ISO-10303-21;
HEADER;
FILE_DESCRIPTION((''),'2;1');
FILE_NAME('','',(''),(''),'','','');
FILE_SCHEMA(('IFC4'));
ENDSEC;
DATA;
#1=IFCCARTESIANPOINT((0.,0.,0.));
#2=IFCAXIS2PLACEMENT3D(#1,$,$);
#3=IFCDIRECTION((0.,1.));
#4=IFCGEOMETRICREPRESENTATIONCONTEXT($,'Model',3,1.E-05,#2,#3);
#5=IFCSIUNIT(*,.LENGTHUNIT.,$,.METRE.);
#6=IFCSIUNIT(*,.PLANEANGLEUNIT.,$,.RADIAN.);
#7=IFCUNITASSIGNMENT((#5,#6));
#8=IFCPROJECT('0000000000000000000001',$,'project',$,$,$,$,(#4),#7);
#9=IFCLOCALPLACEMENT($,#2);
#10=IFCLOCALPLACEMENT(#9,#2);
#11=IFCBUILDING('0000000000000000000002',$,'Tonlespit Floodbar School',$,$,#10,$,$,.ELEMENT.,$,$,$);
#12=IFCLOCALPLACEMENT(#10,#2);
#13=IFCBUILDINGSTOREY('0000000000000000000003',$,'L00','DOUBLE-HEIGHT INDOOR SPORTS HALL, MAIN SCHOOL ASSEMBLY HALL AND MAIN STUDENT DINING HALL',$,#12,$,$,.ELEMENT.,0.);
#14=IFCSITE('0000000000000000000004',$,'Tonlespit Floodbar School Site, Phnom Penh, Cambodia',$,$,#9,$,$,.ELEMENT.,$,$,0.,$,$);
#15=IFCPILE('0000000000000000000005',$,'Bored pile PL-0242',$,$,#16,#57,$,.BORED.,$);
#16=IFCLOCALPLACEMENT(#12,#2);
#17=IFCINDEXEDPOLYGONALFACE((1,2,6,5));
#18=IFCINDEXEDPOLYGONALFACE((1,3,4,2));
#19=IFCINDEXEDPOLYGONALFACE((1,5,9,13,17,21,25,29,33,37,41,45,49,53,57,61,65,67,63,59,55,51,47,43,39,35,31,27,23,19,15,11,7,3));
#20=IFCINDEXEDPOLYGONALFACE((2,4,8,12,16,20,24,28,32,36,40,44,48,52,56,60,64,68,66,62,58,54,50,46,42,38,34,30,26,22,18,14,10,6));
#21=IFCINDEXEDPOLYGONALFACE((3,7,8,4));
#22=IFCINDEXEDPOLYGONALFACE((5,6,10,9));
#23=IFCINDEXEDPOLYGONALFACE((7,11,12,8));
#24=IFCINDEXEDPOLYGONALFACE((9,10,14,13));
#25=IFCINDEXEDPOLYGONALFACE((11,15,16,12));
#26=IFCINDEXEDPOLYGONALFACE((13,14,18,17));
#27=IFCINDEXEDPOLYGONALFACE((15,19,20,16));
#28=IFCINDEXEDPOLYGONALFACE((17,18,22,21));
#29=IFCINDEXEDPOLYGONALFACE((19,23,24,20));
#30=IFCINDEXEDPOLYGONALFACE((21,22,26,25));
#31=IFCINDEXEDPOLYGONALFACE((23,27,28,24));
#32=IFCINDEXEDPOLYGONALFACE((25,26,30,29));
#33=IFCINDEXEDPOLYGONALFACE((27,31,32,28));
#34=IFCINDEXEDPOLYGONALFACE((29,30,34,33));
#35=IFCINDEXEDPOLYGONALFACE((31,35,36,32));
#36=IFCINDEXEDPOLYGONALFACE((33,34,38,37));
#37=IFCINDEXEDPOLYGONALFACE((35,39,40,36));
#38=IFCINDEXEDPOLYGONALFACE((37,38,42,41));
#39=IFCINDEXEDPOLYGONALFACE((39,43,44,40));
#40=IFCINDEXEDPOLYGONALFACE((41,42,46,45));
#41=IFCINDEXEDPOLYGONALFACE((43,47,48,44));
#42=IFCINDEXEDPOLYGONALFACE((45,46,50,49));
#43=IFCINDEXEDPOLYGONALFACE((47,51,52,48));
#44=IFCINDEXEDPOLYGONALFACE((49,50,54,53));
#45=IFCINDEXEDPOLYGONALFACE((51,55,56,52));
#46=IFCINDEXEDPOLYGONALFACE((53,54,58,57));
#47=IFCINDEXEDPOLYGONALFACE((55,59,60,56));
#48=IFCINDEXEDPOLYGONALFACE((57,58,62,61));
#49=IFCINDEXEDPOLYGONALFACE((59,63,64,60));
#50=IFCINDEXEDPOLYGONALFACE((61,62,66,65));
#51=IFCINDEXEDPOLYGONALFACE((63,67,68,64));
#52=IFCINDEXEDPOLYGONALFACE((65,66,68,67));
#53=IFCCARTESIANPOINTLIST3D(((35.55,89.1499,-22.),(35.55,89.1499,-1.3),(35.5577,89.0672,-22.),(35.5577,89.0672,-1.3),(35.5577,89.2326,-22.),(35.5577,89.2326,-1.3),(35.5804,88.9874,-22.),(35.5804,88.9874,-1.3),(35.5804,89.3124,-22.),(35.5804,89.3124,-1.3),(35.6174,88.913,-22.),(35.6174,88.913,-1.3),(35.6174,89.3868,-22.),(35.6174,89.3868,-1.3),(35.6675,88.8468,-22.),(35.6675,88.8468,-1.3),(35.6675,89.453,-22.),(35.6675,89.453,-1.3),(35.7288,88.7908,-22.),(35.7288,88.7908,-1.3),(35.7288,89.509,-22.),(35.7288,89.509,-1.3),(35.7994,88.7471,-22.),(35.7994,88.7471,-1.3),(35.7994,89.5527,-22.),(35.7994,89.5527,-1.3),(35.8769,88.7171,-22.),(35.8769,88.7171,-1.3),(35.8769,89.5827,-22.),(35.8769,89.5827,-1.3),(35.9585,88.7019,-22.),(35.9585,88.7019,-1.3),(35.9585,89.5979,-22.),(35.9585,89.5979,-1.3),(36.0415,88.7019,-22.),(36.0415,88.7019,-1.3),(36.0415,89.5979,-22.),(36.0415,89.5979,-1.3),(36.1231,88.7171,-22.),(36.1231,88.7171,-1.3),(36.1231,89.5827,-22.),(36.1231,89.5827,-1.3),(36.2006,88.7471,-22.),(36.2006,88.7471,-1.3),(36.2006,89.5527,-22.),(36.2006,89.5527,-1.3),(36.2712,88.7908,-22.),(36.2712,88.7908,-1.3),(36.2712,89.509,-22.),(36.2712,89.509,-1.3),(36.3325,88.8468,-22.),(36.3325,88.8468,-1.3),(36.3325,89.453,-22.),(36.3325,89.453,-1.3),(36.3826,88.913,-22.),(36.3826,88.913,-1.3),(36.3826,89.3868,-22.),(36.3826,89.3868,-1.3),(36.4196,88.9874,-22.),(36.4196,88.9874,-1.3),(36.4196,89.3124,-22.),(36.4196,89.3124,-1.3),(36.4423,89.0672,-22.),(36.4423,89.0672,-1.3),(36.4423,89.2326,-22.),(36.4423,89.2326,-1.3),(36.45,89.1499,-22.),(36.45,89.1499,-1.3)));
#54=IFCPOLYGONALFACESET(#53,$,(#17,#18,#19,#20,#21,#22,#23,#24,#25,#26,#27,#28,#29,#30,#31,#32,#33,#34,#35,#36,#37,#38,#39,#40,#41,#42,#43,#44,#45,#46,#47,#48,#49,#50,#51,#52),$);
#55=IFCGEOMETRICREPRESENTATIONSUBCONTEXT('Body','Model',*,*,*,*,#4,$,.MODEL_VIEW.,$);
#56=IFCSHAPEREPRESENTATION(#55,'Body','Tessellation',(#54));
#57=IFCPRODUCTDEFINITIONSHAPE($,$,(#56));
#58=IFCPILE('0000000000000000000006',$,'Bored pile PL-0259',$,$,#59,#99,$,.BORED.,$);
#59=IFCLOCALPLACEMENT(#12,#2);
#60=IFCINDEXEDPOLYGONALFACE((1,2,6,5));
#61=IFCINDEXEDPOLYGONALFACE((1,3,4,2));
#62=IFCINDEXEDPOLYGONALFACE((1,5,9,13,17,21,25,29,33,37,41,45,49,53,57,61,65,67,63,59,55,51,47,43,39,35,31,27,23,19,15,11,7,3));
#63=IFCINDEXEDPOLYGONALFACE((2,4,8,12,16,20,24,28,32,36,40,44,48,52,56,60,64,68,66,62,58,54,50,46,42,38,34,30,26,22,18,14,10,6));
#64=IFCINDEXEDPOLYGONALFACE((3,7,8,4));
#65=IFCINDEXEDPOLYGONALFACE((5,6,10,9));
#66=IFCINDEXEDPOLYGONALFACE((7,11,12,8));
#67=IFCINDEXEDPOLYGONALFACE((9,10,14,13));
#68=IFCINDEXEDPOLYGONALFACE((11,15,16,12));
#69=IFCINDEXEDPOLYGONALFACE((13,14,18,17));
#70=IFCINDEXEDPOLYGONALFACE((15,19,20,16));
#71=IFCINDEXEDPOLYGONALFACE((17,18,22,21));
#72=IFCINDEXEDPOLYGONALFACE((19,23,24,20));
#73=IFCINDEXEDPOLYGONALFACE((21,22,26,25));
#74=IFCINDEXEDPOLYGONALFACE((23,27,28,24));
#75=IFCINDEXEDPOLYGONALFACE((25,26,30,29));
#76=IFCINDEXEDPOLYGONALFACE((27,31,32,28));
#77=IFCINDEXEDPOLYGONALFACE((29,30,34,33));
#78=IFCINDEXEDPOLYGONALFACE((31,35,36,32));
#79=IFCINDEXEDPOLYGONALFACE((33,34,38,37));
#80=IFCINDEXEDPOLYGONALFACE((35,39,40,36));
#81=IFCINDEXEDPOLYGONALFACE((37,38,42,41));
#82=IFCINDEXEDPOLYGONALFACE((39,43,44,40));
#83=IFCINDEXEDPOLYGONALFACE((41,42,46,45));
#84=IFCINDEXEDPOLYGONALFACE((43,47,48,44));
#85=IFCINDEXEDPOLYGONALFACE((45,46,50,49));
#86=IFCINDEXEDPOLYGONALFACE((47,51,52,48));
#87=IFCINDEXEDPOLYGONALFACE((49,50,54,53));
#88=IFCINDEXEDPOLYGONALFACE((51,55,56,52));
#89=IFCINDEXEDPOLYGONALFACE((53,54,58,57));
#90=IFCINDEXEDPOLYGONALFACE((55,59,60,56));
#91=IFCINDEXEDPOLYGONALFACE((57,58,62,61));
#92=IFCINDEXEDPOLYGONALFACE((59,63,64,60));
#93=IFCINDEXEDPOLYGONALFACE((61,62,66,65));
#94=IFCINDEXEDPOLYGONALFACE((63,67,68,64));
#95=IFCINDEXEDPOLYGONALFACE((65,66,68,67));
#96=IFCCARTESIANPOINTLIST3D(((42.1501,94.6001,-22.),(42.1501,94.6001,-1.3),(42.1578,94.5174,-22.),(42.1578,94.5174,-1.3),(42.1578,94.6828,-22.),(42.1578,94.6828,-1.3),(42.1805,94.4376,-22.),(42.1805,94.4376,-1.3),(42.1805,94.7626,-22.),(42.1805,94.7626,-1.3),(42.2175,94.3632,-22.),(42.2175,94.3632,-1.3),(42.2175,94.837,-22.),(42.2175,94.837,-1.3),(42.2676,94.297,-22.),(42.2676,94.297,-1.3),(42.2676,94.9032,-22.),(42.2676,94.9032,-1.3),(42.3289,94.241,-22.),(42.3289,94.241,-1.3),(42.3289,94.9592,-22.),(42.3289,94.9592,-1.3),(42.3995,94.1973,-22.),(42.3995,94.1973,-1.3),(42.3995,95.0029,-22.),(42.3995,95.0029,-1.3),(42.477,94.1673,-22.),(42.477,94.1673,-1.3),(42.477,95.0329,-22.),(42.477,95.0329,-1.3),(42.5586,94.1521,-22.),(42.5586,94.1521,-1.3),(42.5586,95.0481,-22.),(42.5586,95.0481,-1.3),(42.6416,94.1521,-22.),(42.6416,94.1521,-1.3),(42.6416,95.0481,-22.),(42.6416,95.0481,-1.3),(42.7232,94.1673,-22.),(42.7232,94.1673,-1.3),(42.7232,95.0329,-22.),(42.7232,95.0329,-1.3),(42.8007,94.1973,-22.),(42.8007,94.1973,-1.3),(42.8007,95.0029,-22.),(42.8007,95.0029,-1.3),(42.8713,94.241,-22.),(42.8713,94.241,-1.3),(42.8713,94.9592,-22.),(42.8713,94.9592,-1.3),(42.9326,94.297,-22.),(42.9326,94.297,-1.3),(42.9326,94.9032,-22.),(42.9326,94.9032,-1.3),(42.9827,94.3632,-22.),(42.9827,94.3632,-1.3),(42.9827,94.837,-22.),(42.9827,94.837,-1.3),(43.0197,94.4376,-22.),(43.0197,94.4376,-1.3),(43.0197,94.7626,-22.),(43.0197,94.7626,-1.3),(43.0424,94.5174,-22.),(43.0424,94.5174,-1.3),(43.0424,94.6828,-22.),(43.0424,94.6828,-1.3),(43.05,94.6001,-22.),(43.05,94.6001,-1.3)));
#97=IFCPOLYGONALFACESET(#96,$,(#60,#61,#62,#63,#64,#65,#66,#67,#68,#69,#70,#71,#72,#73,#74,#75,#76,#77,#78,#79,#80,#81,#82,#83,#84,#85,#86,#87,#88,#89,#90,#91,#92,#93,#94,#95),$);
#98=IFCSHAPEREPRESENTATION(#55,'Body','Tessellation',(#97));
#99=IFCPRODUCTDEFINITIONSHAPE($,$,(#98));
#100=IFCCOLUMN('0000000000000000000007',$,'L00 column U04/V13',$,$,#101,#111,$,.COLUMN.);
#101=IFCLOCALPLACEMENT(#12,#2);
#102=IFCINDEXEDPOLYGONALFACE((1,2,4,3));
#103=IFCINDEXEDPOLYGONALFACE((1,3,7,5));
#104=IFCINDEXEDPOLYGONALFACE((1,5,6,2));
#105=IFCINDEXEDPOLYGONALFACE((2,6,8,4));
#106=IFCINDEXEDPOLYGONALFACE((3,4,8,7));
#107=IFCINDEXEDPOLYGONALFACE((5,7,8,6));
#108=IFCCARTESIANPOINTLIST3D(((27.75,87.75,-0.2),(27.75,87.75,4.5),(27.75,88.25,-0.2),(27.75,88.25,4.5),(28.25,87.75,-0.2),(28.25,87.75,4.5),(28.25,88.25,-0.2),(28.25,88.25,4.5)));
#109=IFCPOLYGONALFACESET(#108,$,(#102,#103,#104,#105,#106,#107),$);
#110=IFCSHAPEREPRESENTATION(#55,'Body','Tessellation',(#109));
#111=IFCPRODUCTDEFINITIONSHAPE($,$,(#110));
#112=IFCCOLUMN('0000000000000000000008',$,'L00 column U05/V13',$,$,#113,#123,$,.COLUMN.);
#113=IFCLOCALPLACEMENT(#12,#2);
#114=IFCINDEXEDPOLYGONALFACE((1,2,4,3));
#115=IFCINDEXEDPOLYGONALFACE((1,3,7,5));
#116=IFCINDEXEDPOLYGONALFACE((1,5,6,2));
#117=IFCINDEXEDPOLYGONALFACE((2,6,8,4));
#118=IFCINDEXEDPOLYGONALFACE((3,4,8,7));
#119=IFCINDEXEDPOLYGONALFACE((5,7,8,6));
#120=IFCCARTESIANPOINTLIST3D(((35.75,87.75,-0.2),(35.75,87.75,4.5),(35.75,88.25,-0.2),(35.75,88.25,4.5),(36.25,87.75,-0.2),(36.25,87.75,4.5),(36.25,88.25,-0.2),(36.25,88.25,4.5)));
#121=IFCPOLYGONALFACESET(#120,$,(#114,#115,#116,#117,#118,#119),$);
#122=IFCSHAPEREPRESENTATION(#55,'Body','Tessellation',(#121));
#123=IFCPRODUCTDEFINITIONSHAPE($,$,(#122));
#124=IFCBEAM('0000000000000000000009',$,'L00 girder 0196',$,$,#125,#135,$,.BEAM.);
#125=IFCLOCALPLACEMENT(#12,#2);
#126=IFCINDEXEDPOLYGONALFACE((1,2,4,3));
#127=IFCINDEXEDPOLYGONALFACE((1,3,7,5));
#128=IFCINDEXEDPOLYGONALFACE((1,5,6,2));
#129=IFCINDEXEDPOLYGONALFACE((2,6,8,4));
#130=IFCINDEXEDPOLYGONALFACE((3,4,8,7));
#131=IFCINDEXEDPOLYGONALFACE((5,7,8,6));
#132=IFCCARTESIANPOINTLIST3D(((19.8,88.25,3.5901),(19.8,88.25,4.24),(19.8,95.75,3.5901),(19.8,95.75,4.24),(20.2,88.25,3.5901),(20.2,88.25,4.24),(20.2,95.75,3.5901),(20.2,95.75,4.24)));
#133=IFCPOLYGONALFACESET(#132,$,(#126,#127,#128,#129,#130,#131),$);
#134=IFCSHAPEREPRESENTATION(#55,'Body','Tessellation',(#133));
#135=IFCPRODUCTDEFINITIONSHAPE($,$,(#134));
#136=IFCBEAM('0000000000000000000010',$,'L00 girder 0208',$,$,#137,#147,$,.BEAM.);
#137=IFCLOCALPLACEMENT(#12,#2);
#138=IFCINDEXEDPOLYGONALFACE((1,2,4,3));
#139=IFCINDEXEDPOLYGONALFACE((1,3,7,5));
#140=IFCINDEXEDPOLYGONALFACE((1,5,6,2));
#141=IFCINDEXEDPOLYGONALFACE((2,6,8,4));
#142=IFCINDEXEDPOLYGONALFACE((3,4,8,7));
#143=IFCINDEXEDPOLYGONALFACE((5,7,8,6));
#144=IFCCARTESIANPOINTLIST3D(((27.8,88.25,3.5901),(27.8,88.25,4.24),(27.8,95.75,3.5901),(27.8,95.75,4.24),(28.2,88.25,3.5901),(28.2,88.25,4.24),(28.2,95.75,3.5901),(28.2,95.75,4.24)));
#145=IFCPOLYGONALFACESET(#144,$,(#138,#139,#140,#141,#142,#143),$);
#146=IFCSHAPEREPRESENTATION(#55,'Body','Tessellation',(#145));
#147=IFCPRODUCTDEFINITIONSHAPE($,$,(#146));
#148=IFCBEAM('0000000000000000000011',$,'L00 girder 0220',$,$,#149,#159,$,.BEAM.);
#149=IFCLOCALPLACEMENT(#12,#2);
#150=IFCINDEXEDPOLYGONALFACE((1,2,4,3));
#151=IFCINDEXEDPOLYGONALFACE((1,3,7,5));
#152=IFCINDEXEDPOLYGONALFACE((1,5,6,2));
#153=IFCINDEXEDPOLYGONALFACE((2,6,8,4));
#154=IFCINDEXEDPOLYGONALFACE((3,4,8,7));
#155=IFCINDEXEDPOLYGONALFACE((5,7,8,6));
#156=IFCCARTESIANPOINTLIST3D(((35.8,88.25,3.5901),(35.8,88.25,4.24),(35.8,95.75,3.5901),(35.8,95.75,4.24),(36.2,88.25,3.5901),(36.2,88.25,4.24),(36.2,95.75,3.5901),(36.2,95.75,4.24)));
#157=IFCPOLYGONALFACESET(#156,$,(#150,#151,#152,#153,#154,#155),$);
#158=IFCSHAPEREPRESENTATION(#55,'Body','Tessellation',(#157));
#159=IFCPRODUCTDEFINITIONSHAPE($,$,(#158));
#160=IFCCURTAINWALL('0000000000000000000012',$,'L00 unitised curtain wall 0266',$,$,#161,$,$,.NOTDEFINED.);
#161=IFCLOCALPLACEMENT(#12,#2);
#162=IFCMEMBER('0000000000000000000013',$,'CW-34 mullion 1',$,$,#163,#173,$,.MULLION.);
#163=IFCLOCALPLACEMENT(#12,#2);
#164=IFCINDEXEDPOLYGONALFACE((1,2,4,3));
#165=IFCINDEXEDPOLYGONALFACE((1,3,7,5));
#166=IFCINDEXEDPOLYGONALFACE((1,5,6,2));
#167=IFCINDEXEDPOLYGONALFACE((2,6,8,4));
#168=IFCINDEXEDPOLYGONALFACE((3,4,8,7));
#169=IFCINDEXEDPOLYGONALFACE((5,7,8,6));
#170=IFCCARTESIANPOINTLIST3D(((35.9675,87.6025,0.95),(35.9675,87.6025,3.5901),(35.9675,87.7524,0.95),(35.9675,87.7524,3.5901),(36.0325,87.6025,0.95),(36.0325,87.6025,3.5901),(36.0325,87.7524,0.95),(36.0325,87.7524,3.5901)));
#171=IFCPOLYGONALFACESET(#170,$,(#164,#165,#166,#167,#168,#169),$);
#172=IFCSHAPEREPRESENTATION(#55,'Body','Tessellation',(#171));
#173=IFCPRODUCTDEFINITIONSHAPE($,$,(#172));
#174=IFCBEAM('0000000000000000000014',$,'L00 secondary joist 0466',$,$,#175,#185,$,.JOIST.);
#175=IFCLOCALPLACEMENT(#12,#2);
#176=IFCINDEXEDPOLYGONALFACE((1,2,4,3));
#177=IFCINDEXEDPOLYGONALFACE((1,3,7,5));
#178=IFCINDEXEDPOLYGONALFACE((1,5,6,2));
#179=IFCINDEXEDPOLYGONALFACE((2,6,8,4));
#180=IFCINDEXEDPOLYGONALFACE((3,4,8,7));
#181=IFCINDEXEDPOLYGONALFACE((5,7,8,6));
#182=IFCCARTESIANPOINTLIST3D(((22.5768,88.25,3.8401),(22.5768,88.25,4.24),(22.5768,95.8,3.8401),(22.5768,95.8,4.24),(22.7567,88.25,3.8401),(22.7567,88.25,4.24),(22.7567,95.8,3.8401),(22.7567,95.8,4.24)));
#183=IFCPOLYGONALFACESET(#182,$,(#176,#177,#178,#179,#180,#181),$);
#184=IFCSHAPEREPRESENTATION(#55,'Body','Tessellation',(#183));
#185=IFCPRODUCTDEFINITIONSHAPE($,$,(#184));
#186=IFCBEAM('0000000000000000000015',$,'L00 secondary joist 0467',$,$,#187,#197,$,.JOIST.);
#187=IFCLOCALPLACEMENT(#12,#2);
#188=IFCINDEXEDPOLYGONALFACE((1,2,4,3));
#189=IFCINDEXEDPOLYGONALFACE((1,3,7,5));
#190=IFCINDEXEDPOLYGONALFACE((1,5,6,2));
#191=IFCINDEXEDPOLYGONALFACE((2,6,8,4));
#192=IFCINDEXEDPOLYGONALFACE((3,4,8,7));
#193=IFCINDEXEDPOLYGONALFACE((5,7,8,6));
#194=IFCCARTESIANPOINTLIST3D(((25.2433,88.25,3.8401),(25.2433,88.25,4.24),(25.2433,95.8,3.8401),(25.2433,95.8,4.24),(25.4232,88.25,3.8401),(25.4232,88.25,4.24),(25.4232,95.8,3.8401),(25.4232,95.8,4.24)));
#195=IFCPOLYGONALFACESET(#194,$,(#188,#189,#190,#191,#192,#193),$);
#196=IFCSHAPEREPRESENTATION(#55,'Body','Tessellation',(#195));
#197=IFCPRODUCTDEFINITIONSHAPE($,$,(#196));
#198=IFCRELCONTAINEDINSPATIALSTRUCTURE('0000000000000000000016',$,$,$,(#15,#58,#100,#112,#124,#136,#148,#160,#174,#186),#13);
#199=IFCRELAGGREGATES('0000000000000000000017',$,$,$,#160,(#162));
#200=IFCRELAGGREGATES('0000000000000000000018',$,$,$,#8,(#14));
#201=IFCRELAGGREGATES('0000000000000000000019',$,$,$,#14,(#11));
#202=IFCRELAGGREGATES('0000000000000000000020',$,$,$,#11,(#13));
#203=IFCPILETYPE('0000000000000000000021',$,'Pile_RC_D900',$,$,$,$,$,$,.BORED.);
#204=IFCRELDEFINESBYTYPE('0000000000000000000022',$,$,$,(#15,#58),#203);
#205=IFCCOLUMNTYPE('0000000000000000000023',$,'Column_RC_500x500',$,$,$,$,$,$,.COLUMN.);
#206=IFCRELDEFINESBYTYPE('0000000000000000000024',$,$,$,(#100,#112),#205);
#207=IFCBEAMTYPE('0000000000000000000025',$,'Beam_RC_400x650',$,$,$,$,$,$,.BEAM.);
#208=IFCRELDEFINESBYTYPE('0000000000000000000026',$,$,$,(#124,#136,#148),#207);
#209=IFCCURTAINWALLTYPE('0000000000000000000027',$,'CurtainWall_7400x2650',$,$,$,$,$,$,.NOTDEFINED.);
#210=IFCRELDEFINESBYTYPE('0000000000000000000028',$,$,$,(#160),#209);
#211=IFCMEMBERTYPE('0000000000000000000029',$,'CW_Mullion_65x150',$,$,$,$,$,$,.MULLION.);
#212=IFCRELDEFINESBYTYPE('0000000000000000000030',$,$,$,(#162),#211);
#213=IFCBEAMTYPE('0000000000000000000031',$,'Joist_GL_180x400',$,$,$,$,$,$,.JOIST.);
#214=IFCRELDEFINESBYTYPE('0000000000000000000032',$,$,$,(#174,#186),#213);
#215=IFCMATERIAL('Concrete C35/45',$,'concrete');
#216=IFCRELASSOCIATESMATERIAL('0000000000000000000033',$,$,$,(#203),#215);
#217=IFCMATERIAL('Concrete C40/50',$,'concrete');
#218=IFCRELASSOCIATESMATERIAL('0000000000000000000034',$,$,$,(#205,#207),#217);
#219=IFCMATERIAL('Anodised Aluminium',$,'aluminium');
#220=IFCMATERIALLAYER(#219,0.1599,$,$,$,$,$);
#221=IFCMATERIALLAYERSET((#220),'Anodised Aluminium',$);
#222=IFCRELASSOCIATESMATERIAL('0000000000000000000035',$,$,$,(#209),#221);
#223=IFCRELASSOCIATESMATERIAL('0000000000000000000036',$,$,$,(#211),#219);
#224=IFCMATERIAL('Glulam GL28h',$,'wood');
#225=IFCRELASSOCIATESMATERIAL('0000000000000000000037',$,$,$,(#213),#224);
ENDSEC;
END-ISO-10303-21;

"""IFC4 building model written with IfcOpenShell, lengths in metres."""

from ifc_helpers import new_model, si_unit, direction, frame, origin, origin_2d, place, context, subcontext, project, spatial, rectangle, circle, extrude, material, layer, layer_set, material_profile, profile_set, type_object, element, aggregate, save


model = new_model("IFC4")

# Units and contexts
model_context = context("Model", 3, precision=1e-05, world=origin(), true_north=direction((0.0, 1.0)))
body_context = subcontext(model_context, "Body", "Model", "MODEL_VIEW")
ifc_project = project(units=[si_unit("LENGTHUNIT", "METRE"), si_unit("PLANEANGLEUNIT", "RADIAN")], contexts=[model_context])

# Site, building, storey
site_placement = place(None, origin())
site = spatial("IfcSite", under=ifc_project, at=site_placement, Name="Tonlespit Floodbar School Site, Phnom Penh, Cambodia", CompositionType="ELEMENT", RefElevation=0.0)
building_placement = place(site_placement, origin())
building = spatial("IfcBuilding", under=site, at=building_placement, Name="Tonlespit Floodbar School", CompositionType="ELEMENT")
storey_placement = place(building_placement, origin())
storey = spatial("IfcBuildingStorey", under=building, at=storey_placement, Name="L00", Description="DOUBLE-HEIGHT INDOOR SPORTS HALL, MAIN SCHOOL ASSEMBLY HALL AND MAIN STUDENT DINING HALL", CompositionType="ELEMENT", Elevation=0.0)

# Shared definitions
ifc_material_1 = material(Name="Concrete C40/50", Category="concrete")

# Piles
ifc_material_2 = material(Name="Concrete C35/45", Category="concrete")
ifc_material_profile_1 = material_profile(ifc_material_2, circle(Radius=0.45, at=origin_2d()), Name="BP D900")
ifc_profile_set_1 = profile_set([ifc_material_profile_1], Name="Concrete C35/45")
pile_type = type_object("IfcPileType", Name="Pile_RC_D900", PredefinedType="BORED", material=ifc_profile_set_1)
for number, where, z_axis, x_axis, name in (
    (1, (36.0, 89.1499, -1.3), (0.0, 0.0, -1.0), (1.0, 0.0, 0.0), "Bored pile PL-0242"),
    (2, (42.6001, 94.6001, -1.3), (0.0, 0.0, -1.0), (1.0, 0.0, 0.0), "Bored pile PL-0259"),
):
    element("IfcPile", number, at=place(storey_placement, frame(where, z_axis=z_axis, x_axis=x_axis)), inside=storey, type_object=pile_type, Name=name, PredefinedType="BORED", context=body_context, shape_type="SweptSolid", body=[
        extrude(circle(Radius=0.45, at=origin_2d()), origin(), (0.0, 0.0, 1.0), 20.7),
    ])

# Columns
ifc_material_profile_2 = material_profile(ifc_material_1, rectangle(XDim=0.5, YDim=0.5, at=origin_2d()), Name="RC 500x500")
ifc_profile_set_2 = profile_set([ifc_material_profile_2], Name="Concrete C40/50")
column_type = type_object("IfcColumnType", Name="Column_RC_500x500", PredefinedType="COLUMN", material=ifc_profile_set_2)
for number, where, z_axis, x_axis, name in (
    (3, (28.0, 88.0, -0.2), (0.0, 0.0, 1.0), (1.0, 0.0, 0.0), "L00 column U04/V13"),
    (4, (36.0, 88.0, -0.2), (0.0, 0.0, 1.0), (1.0, 0.0, 0.0), "L00 column U05/V13"),
):
    element("IfcColumn", number, at=place(storey_placement, frame(where, z_axis=z_axis, x_axis=x_axis)), inside=storey, type_object=column_type, Name=name, PredefinedType="COLUMN", context=body_context, shape_type="SweptSolid", body=[
        extrude(rectangle(XDim=0.5, YDim=0.5, at=origin_2d()), origin(), (0.0, 0.0, 1.0), 4.7),
    ])

# Beams
ifc_material_profile_3 = material_profile(ifc_material_1, rectangle(XDim=0.3999, YDim=0.6499, at=origin_2d()), Name="RC 400x650")
ifc_profile_set_3 = profile_set([ifc_material_profile_3], Name="Concrete C40/50")
beam_type_1 = type_object("IfcBeamType", Name="Beam_RC_400x650", PredefinedType="BEAM", material=ifc_profile_set_3)
for number, where, z_axis, x_axis, name in (
    (5, (20.0, 88.25, 3.915), (0.0, 1.0, 0.0), (-1.0, 0.0, 0.0), "L00 girder 0196"),
    (6, (28.0, 88.25, 3.915), (0.0, 1.0, 0.0), (-1.0, 0.0, 0.0), "L00 girder 0208"),
    (7, (36.0, 88.25, 3.915), (0.0, 1.0, 0.0), (-1.0, 0.0, 0.0), "L00 girder 0220"),
):
    element("IfcBeam", number, at=place(storey_placement, frame(where, z_axis=z_axis, x_axis=x_axis)), inside=storey, type_object=beam_type_1, Name=name, PredefinedType="BEAM", context=body_context, shape_type="SweptSolid", body=[
        extrude(rectangle(XDim=0.3999, YDim=0.6499, at=origin_2d()), origin(), (0.0, 0.0, 1.0), 7.5),
    ])

# Curtain wall, member
ifc_material_3 = material(Name="Anodised Aluminium", Category="aluminium")
ifc_layer_1 = layer(ifc_material_3, 0.1599)
ifc_layer_set_1 = layer_set([ifc_layer_1], Name="Anodised Aluminium")
curtain_wall_type = type_object("IfcCurtainWallType", Name="CurtainWall_7400x2650", PredefinedType="NOTDEFINED", material=ifc_layer_set_1)
curtain_wall_placement = place(storey_placement, origin())
curtain_wall = element("IfcCurtainWall", 8, at=curtain_wall_placement, inside=storey, type_object=curtain_wall_type, Name="L00 unitised curtain wall 0266", PredefinedType="NOTDEFINED")
ifc_material_profile_4 = material_profile(ifc_material_3, rectangle(XDim=0.0649, YDim=0.1499, at=origin_2d()), Name="ALU M65x150")
ifc_profile_set_4 = profile_set([ifc_material_profile_4], Name="Anodised Aluminium")
member_type = type_object("IfcMemberType", Name="CW_Mullion_65x150", PredefinedType="MULLION", material=ifc_profile_set_4)
member_placement = place(storey_placement, frame((36.0, 87.6775, 0.95), z_axis=(0.0, 0.0, 1.0), x_axis=(1.0, 0.0, 0.0)))
member = element("IfcMember", 9, at=member_placement, type_object=member_type, Name="CW-34 mullion 1", PredefinedType="MULLION", context=body_context, shape_type="SweptSolid", body=[
    extrude(rectangle(XDim=0.0649, YDim=0.1499, at=origin_2d()), origin(), (0.0, 0.0, 1.0), 2.6401),
])
aggregate(curtain_wall, [member])

# Beams
ifc_material_4 = material(Name="Glulam GL28h", Category="wood")
ifc_material_profile_5 = material_profile(ifc_material_4, rectangle(XDim=0.1799, YDim=0.3999, at=origin_2d()), Name="GL 180x400")
ifc_profile_set_5 = profile_set([ifc_material_profile_5], Name="Glulam GL28h")
beam_type_2 = type_object("IfcBeamType", Name="Joist_GL_180x400", PredefinedType="JOIST", material=ifc_profile_set_5)
for number, where, z_axis, x_axis, name in (
    (10, (22.6667, 88.25, 4.04), (0.0, 1.0, 0.0), (-1.0, 0.0, 0.0), "L00 secondary joist 0466"),
    (11, (25.3333, 88.25, 4.04), (0.0, 1.0, 0.0), (-1.0, 0.0, 0.0), "L00 secondary joist 0467"),
):
    element("IfcBeam", number, at=place(storey_placement, frame(where, z_axis=z_axis, x_axis=x_axis)), inside=storey, type_object=beam_type_2, Name=name, PredefinedType="JOIST", context=body_context, shape_type="SweptSolid", body=[
        extrude(rectangle(XDim=0.1799, YDim=0.3999, at=origin_2d()), origin(), (0.0, 0.0, 1.0), 7.55),
    ])

save(model, "model.ifc")
